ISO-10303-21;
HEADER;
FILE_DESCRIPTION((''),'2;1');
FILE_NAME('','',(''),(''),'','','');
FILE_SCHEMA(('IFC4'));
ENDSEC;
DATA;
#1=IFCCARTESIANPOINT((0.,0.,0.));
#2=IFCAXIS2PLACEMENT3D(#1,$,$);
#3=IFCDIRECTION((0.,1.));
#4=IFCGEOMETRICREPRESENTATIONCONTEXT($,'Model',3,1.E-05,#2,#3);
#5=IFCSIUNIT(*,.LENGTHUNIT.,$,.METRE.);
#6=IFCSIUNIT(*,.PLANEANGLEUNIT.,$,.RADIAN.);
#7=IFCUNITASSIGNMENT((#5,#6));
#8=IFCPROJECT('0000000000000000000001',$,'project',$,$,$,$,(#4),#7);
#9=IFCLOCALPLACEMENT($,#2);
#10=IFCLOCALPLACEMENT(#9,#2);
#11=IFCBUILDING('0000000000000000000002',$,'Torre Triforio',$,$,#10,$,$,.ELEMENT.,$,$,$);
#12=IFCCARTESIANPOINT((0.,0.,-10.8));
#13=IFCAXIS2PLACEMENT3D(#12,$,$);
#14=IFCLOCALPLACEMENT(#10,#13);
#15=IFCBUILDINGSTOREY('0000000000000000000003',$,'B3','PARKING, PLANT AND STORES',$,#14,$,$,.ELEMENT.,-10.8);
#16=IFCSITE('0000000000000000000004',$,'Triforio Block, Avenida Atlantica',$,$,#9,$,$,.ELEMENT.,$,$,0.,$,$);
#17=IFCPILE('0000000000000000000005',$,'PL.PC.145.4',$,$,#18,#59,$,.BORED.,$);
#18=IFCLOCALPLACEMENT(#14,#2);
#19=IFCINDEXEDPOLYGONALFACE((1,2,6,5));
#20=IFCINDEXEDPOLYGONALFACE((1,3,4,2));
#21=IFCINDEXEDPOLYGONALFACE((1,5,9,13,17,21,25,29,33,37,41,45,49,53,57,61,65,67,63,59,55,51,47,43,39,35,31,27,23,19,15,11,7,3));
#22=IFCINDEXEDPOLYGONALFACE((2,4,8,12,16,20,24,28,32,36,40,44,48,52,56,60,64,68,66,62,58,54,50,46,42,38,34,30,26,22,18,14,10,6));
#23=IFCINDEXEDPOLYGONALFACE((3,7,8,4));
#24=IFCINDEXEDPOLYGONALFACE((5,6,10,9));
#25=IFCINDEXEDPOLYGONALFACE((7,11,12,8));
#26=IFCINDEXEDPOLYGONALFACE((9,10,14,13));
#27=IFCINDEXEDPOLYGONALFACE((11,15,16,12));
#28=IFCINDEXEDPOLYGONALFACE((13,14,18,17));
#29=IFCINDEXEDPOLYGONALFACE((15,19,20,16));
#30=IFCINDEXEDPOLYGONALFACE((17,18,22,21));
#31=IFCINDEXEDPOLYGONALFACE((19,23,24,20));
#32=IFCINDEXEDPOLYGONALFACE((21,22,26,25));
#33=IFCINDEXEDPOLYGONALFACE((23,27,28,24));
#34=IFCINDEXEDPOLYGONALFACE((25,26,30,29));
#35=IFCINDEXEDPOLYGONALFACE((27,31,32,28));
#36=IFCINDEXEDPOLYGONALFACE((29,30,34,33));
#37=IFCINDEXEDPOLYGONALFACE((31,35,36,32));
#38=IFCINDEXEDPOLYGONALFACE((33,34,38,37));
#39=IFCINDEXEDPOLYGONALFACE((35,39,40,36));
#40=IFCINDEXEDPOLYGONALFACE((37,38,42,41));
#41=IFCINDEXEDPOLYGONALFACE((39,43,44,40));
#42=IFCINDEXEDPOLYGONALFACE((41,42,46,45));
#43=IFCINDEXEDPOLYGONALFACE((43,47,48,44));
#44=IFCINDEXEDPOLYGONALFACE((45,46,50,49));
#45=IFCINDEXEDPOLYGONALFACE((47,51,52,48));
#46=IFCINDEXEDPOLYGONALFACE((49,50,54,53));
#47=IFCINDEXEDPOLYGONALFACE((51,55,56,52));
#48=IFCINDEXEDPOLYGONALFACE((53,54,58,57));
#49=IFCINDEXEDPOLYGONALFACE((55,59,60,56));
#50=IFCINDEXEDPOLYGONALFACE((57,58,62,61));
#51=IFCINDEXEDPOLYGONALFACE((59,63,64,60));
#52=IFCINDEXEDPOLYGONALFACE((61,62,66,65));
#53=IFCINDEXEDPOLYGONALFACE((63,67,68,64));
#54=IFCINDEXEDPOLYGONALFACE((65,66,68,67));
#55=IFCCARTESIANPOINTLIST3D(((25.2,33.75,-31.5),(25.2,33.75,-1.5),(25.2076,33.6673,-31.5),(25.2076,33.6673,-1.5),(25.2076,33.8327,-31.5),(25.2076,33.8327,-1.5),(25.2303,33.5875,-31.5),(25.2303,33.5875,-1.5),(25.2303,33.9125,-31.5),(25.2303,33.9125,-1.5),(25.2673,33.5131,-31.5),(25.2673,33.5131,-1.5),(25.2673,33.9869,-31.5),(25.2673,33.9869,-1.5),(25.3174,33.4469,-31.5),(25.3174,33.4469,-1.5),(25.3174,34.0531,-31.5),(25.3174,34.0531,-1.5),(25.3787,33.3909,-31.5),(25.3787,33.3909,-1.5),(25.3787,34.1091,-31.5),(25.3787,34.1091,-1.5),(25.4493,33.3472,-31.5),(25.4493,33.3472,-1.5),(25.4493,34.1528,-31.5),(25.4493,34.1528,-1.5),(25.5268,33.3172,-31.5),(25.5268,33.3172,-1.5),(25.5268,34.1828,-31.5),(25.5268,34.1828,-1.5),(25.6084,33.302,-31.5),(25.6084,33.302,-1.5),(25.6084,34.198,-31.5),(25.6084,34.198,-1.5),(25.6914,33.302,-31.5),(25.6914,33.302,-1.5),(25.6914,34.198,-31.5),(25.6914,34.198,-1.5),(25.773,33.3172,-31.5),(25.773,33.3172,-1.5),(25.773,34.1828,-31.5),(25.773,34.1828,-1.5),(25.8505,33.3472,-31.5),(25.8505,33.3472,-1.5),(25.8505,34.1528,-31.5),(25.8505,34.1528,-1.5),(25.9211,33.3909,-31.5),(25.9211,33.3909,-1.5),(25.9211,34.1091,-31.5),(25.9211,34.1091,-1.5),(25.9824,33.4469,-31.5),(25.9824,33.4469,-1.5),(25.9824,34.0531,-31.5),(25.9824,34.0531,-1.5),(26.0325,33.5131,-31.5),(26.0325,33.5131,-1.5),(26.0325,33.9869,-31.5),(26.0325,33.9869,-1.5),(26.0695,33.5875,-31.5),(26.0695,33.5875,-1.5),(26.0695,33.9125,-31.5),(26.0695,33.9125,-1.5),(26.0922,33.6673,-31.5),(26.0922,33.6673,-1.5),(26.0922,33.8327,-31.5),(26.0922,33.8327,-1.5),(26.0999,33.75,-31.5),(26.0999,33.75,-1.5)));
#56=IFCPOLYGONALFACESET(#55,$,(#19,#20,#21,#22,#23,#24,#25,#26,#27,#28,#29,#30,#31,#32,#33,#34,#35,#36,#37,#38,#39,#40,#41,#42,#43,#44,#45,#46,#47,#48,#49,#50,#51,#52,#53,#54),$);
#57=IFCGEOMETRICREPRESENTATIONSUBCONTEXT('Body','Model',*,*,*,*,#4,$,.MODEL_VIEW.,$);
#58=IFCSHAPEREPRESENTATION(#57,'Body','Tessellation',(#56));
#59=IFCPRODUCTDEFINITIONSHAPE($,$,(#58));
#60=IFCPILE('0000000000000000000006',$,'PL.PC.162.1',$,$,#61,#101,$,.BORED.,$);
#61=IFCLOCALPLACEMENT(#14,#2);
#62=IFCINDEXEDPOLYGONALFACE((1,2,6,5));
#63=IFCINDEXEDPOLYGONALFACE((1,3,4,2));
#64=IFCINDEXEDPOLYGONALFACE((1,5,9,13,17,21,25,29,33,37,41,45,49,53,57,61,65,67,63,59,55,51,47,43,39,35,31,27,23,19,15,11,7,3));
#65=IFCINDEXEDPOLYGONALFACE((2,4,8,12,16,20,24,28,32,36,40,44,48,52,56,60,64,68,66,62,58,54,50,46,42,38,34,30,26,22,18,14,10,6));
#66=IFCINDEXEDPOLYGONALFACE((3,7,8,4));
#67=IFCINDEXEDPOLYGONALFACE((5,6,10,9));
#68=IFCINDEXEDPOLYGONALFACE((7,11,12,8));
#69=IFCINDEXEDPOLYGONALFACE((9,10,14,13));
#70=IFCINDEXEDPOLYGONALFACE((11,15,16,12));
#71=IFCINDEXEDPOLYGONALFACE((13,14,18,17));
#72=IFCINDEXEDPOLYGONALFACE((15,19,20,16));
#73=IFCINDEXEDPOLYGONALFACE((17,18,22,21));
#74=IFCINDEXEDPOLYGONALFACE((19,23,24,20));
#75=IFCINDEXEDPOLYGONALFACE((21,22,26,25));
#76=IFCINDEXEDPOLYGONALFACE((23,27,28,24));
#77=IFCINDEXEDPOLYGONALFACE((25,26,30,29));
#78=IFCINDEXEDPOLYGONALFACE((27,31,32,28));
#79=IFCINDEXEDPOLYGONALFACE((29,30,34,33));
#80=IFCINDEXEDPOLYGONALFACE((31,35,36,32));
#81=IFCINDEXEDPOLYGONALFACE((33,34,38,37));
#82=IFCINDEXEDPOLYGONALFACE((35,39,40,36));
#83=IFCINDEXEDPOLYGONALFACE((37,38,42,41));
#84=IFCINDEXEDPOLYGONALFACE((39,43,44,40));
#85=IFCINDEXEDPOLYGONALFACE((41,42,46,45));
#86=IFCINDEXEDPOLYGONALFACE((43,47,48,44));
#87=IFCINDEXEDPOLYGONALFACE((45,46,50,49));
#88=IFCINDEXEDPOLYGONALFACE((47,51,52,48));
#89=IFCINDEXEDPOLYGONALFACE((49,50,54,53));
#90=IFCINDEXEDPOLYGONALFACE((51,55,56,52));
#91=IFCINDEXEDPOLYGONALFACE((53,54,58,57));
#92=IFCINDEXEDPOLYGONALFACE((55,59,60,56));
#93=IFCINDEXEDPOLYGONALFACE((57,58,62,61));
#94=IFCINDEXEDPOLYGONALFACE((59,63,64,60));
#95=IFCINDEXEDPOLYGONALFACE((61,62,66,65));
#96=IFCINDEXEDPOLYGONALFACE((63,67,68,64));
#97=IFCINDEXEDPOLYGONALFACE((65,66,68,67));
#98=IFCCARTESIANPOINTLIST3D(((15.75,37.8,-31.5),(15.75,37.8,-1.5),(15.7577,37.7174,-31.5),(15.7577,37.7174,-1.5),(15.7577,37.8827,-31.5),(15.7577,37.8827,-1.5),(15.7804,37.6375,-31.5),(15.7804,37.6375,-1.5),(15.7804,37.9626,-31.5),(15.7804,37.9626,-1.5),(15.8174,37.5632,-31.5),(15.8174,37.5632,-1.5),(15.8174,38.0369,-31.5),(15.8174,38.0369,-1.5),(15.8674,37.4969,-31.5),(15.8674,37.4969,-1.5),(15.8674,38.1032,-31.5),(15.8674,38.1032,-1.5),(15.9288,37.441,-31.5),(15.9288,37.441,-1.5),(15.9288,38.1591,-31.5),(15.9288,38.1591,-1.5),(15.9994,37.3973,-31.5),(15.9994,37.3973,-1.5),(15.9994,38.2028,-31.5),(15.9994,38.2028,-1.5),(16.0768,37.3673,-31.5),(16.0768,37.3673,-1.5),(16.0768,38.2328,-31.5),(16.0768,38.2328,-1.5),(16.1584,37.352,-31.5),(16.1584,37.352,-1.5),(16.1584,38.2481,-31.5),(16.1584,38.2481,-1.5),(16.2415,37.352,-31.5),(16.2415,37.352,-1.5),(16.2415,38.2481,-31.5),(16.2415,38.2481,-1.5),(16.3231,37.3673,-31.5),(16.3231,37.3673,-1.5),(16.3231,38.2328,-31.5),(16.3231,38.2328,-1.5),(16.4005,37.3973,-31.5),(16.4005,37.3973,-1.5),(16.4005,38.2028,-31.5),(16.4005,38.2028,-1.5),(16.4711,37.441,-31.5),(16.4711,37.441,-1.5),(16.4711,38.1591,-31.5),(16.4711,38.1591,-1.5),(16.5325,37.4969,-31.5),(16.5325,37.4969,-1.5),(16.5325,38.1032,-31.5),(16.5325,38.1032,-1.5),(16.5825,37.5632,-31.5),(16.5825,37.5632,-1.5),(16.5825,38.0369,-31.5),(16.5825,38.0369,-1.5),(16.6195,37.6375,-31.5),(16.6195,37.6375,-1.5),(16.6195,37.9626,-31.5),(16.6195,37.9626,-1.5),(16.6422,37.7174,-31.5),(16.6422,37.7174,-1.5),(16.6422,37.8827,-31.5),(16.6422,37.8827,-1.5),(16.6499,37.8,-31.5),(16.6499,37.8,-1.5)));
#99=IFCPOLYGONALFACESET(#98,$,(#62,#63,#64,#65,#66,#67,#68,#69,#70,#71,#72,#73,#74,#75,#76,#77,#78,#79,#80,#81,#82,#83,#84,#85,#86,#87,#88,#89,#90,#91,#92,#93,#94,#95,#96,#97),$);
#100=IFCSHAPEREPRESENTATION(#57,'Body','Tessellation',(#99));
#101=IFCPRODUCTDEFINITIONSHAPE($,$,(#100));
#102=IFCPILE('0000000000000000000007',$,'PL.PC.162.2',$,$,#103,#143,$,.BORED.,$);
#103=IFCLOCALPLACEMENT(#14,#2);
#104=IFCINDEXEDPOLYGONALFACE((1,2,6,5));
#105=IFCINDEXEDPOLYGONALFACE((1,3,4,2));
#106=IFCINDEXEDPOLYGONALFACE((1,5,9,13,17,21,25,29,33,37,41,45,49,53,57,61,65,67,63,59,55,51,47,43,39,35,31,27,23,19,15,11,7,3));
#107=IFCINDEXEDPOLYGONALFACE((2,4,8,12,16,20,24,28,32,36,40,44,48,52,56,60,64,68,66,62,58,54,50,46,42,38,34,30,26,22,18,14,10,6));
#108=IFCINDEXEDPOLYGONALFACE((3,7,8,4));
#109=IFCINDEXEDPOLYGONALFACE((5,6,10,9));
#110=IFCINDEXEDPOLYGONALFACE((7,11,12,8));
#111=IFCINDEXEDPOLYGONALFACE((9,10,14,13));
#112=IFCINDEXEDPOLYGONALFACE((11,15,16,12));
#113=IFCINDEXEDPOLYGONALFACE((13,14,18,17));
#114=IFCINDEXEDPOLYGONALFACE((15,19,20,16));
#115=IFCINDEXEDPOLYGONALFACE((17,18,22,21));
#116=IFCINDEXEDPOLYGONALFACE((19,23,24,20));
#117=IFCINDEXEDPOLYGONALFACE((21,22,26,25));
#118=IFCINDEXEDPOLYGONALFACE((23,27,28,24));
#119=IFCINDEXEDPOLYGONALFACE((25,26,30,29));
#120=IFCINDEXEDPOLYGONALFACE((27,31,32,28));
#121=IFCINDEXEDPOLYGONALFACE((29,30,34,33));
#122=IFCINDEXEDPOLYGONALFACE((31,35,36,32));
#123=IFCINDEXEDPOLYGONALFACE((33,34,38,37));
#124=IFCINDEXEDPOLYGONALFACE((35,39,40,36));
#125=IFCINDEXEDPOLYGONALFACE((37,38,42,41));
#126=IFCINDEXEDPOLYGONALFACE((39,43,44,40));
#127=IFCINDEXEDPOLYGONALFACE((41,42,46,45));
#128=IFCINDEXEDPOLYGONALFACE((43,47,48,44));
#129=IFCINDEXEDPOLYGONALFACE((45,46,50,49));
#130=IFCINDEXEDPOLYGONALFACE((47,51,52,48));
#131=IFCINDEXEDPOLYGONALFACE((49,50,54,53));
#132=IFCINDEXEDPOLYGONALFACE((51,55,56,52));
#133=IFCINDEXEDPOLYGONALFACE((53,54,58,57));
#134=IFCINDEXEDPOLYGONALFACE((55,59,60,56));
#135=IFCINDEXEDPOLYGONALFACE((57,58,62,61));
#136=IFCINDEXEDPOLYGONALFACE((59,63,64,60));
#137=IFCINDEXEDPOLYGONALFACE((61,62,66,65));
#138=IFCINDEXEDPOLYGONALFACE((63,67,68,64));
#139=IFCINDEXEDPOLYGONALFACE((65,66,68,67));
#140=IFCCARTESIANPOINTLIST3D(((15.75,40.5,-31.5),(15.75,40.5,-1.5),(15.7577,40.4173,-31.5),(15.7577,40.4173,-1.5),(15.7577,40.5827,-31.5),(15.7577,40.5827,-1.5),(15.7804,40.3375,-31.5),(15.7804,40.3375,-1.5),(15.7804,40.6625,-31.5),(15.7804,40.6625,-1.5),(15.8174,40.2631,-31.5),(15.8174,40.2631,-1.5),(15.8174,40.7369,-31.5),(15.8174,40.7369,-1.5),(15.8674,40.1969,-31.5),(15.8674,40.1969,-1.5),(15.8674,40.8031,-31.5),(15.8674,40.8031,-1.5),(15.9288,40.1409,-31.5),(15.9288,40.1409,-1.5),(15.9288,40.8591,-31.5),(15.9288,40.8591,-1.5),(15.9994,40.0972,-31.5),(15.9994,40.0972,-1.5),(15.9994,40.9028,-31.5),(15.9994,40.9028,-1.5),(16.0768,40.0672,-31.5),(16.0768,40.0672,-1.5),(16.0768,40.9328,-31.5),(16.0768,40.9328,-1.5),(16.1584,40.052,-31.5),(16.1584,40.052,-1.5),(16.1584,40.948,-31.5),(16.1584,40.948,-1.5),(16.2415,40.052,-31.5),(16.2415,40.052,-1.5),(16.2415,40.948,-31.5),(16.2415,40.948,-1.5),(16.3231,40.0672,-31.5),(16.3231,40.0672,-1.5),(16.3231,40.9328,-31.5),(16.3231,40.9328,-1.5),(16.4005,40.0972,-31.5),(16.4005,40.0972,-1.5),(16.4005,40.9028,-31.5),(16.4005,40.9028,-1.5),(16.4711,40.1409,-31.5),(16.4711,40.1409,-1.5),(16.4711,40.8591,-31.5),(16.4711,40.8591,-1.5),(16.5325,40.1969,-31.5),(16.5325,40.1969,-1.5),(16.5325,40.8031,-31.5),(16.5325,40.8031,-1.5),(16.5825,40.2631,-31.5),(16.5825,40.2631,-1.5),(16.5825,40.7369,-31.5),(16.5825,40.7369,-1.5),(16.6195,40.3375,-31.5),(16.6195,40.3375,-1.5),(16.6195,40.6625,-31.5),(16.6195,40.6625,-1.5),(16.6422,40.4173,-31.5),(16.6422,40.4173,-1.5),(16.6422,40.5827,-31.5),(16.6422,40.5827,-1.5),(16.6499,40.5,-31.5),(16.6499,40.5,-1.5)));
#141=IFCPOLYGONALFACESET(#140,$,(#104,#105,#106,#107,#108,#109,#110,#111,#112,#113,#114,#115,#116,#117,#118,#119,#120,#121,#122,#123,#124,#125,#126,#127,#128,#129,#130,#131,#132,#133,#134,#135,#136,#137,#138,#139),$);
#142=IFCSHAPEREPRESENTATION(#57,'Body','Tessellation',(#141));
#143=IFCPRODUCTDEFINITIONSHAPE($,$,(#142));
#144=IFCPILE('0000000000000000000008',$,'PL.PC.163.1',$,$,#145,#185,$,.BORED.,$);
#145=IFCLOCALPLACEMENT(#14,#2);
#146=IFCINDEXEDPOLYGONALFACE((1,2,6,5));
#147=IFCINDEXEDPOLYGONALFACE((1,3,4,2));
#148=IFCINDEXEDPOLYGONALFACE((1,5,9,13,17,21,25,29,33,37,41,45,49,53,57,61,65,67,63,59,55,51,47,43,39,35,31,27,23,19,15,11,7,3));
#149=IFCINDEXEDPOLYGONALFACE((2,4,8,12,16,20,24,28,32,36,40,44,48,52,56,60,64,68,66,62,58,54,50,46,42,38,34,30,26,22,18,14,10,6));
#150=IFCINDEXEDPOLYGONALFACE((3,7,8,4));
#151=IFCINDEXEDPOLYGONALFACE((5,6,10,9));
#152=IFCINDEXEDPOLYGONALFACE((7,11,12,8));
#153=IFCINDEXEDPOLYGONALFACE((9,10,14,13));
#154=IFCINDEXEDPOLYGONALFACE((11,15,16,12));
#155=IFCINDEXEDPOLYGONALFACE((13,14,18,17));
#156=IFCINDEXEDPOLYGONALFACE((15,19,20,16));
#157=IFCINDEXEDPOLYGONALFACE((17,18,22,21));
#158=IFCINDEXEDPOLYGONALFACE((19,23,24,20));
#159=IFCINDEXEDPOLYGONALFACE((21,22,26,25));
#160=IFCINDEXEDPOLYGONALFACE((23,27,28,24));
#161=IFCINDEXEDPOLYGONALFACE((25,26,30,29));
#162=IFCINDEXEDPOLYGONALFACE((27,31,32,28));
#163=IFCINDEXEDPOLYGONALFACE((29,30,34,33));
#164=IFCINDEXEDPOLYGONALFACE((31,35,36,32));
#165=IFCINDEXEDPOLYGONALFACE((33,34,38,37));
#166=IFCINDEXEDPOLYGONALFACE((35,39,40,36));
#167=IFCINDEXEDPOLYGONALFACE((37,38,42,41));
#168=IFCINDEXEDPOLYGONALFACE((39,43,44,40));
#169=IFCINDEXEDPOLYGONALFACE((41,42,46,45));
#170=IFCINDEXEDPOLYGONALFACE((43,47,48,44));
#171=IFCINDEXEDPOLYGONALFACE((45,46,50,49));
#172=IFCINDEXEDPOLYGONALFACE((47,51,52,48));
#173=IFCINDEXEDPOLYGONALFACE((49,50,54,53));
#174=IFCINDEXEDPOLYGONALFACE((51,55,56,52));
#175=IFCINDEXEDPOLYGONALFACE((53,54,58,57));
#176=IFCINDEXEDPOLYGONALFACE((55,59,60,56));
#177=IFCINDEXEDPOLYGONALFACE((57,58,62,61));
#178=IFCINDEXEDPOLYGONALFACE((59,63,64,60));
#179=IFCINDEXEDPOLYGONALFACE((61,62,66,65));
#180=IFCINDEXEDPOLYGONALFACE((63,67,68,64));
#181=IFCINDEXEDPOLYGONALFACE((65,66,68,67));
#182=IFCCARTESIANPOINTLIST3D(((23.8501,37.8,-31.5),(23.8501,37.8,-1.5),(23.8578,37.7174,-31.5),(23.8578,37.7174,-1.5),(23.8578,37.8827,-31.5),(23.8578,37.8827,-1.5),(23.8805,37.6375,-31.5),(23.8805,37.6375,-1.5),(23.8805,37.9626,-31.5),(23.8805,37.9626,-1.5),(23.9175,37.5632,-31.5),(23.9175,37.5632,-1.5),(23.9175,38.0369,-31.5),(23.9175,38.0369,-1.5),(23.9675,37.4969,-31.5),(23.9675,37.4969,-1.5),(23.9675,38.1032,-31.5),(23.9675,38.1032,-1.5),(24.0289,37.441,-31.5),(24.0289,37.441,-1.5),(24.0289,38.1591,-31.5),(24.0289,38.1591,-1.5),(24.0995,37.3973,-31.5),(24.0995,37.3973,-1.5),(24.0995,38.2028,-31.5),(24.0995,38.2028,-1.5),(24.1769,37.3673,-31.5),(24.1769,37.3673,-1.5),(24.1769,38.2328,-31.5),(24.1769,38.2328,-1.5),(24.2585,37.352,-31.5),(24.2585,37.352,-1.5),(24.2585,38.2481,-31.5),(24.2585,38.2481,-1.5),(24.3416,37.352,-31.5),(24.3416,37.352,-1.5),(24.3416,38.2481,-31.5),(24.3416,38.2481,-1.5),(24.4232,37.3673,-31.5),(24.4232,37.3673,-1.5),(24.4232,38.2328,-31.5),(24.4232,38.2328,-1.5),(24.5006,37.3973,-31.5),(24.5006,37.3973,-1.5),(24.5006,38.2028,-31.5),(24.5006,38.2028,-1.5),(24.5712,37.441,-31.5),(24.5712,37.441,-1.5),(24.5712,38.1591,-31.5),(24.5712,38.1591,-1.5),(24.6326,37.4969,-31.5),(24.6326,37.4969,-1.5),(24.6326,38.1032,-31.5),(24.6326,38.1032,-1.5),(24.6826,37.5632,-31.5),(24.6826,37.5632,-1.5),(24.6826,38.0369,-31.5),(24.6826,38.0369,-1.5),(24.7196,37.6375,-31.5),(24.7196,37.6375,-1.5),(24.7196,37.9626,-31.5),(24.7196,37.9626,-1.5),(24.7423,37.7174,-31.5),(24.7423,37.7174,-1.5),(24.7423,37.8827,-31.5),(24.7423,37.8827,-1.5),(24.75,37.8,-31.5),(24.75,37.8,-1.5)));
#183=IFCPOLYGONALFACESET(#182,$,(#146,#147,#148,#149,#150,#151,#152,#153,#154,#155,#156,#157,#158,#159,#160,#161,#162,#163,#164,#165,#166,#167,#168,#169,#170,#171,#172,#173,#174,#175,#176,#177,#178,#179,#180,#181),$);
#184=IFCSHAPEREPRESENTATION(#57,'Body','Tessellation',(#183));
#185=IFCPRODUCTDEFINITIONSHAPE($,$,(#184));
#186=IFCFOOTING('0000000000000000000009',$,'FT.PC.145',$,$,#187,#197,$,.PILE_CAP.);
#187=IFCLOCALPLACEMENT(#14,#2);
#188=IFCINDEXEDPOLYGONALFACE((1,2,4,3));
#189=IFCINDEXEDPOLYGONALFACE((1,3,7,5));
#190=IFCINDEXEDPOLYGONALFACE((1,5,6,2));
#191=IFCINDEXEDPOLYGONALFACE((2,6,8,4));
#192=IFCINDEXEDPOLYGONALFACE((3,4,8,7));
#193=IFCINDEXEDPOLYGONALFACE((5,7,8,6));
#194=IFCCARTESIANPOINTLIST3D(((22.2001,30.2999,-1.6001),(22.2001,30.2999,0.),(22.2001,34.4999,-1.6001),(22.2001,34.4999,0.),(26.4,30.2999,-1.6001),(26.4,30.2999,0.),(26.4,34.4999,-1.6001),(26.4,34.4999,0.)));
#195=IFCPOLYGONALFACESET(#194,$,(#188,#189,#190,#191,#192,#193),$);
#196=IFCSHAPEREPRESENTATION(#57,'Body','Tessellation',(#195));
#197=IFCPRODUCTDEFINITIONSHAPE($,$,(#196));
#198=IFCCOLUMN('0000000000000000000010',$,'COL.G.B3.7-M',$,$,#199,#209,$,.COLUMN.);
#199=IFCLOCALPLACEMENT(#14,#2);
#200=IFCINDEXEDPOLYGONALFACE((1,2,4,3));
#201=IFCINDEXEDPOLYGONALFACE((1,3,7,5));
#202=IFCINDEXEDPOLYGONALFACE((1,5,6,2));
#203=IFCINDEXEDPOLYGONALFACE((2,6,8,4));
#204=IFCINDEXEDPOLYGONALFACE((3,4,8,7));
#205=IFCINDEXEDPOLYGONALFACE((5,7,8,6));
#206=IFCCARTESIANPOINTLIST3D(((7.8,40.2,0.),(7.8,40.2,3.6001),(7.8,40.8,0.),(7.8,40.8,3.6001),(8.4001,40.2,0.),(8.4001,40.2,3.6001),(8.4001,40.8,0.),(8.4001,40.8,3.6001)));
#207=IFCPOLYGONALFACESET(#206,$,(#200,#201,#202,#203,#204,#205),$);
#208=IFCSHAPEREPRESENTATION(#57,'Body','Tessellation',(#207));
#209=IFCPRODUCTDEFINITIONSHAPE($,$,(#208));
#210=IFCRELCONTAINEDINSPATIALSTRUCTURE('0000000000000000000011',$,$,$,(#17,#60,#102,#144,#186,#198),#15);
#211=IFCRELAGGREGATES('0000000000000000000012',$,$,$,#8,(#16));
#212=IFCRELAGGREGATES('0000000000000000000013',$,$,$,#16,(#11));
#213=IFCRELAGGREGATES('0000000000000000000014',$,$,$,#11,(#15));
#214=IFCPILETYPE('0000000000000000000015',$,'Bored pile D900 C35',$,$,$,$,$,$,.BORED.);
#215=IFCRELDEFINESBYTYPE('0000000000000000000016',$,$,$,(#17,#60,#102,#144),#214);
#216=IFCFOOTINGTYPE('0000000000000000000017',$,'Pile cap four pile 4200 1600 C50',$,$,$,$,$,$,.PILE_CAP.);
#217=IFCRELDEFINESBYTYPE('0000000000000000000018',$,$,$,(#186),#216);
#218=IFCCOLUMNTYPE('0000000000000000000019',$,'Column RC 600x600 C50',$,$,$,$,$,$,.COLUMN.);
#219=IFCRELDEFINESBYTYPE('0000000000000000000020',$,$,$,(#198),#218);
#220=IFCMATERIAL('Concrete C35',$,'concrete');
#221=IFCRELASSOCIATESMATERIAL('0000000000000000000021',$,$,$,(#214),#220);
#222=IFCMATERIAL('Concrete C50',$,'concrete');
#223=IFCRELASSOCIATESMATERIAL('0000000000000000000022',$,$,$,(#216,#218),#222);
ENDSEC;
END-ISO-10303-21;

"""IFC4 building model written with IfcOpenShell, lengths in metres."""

from ifc_helpers import new_model, si_unit, direction, frame, origin, origin_2d, place, context, subcontext, project, spatial, rectangle, circle, extrude, material, material_profile, profile_set, type_object, element, save


model = new_model("IFC4")

# Units and contexts
model_context = context("Model", 3, precision=1e-05, world=origin(), true_north=direction((0.0, 1.0)))
body_context = subcontext(model_context, "Body", "Model", "MODEL_VIEW")
ifc_project = project(units=[si_unit("LENGTHUNIT", "METRE"), si_unit("PLANEANGLEUNIT", "RADIAN")], contexts=[model_context])

# Site, building, storey
site_placement = place(None, origin())
site = spatial("IfcSite", under=ifc_project, at=site_placement, Name="Triforio Block, Avenida Atlantica", CompositionType="ELEMENT", RefElevation=0.0)
building_placement = place(site_placement, origin())
building = spatial("IfcBuilding", under=site, at=building_placement, Name="Torre Triforio", CompositionType="ELEMENT")
storey_placement = place(building_placement, frame((0.0, 0.0, -10.8)))
storey = spatial("IfcBuildingStorey", under=building, at=storey_placement, Name="B3", Description="PARKING, PLANT AND STORES", CompositionType="ELEMENT", Elevation=-10.8)

# Piles
ifc_material_1 = material(Name="Concrete C35", Category="concrete")
ifc_material_profile_1 = material_profile(ifc_material_1, circle(Radius=0.45, at=origin_2d()), Name="RC D900")
ifc_profile_set_1 = profile_set([ifc_material_profile_1], Name="Concrete C35")
pile_type = type_object("IfcPileType", Name="Bored pile D900 C35", PredefinedType="BORED", material=ifc_profile_set_1)
for number, where, z_axis, x_axis, name in (
    (1, (25.6499, 33.75, -1.5), (0.0, 0.0, -1.0), (1.0, 0.0, 0.0), "PL.PC.145.4"),
    (2, (16.2, 37.8, -1.5), (0.0, 0.0, -1.0), (1.0, 0.0, 0.0), "PL.PC.162.1"),
    (3, (16.2, 40.5, -1.5), (0.0, 0.0, -1.0), (1.0, 0.0, 0.0), "PL.PC.162.2"),
    (4, (24.3, 37.8, -1.5), (0.0, 0.0, -1.0), (1.0, 0.0, 0.0), "PL.PC.163.1"),
):
    element("IfcPile", number, at=place(storey_placement, frame(where, z_axis=z_axis, x_axis=x_axis)), inside=storey, type_object=pile_type, Name=name, PredefinedType="BORED", context=body_context, shape_type="SweptSolid", body=[
        extrude(circle(Radius=0.45, at=origin_2d()), origin(), (0.0, 0.0, 1.0), 30.0),
    ])

# Footing
ifc_material_2 = material(Name="Concrete C50", Category="concrete")
footing_type = type_object("IfcFootingType", Name="Pile cap four pile 4200 1600 C50", PredefinedType="PILE_CAP", material=ifc_material_2)
footing_placement = place(storey_placement, frame((24.3, 32.3999, -1.6001), z_axis=(0.0, 0.0, 1.0), x_axis=(1.0, 0.0, 0.0)))
element("IfcFooting", 5, at=footing_placement, inside=storey, type_object=footing_type, Name="FT.PC.145", PredefinedType="PILE_CAP", context=body_context, shape_type="SweptSolid", body=[
    extrude(rectangle(XDim=4.2, YDim=4.2, at=origin_2d()), origin(), (0.0, 0.0, 1.0), 1.6001),
])

# Column
ifc_material_profile_2 = material_profile(ifc_material_2, rectangle(XDim=0.6001, YDim=0.6001, at=origin_2d()), Name="RC 600x600")
ifc_profile_set_2 = profile_set([ifc_material_profile_2], Name="Concrete C50")
column_type_1 = type_object("IfcColumnType", Name="Column RC 600x600 C50", PredefinedType="COLUMN", material=ifc_profile_set_2)
for number, where, z_axis, x_axis, name in (
    (6, (8.1001, 40.5, 0.0), (0.0, 0.0, 1.0), (1.0, 0.0, 0.0), "COL.G.B3.7-M"),
):
    element("IfcColumn", number, at=place(storey_placement, frame(where, z_axis=z_axis, x_axis=x_axis)), inside=storey, type_object=column_type_1, Name=name, PredefinedType="COLUMN", context=body_context, shape_type="SweptSolid", body=[
        extrude(rectangle(XDim=0.6001, YDim=0.6001, at=origin_2d()), origin(), (0.0, 0.0, 1.0), 3.6001),
    ])

save(model, "model.ifc")
